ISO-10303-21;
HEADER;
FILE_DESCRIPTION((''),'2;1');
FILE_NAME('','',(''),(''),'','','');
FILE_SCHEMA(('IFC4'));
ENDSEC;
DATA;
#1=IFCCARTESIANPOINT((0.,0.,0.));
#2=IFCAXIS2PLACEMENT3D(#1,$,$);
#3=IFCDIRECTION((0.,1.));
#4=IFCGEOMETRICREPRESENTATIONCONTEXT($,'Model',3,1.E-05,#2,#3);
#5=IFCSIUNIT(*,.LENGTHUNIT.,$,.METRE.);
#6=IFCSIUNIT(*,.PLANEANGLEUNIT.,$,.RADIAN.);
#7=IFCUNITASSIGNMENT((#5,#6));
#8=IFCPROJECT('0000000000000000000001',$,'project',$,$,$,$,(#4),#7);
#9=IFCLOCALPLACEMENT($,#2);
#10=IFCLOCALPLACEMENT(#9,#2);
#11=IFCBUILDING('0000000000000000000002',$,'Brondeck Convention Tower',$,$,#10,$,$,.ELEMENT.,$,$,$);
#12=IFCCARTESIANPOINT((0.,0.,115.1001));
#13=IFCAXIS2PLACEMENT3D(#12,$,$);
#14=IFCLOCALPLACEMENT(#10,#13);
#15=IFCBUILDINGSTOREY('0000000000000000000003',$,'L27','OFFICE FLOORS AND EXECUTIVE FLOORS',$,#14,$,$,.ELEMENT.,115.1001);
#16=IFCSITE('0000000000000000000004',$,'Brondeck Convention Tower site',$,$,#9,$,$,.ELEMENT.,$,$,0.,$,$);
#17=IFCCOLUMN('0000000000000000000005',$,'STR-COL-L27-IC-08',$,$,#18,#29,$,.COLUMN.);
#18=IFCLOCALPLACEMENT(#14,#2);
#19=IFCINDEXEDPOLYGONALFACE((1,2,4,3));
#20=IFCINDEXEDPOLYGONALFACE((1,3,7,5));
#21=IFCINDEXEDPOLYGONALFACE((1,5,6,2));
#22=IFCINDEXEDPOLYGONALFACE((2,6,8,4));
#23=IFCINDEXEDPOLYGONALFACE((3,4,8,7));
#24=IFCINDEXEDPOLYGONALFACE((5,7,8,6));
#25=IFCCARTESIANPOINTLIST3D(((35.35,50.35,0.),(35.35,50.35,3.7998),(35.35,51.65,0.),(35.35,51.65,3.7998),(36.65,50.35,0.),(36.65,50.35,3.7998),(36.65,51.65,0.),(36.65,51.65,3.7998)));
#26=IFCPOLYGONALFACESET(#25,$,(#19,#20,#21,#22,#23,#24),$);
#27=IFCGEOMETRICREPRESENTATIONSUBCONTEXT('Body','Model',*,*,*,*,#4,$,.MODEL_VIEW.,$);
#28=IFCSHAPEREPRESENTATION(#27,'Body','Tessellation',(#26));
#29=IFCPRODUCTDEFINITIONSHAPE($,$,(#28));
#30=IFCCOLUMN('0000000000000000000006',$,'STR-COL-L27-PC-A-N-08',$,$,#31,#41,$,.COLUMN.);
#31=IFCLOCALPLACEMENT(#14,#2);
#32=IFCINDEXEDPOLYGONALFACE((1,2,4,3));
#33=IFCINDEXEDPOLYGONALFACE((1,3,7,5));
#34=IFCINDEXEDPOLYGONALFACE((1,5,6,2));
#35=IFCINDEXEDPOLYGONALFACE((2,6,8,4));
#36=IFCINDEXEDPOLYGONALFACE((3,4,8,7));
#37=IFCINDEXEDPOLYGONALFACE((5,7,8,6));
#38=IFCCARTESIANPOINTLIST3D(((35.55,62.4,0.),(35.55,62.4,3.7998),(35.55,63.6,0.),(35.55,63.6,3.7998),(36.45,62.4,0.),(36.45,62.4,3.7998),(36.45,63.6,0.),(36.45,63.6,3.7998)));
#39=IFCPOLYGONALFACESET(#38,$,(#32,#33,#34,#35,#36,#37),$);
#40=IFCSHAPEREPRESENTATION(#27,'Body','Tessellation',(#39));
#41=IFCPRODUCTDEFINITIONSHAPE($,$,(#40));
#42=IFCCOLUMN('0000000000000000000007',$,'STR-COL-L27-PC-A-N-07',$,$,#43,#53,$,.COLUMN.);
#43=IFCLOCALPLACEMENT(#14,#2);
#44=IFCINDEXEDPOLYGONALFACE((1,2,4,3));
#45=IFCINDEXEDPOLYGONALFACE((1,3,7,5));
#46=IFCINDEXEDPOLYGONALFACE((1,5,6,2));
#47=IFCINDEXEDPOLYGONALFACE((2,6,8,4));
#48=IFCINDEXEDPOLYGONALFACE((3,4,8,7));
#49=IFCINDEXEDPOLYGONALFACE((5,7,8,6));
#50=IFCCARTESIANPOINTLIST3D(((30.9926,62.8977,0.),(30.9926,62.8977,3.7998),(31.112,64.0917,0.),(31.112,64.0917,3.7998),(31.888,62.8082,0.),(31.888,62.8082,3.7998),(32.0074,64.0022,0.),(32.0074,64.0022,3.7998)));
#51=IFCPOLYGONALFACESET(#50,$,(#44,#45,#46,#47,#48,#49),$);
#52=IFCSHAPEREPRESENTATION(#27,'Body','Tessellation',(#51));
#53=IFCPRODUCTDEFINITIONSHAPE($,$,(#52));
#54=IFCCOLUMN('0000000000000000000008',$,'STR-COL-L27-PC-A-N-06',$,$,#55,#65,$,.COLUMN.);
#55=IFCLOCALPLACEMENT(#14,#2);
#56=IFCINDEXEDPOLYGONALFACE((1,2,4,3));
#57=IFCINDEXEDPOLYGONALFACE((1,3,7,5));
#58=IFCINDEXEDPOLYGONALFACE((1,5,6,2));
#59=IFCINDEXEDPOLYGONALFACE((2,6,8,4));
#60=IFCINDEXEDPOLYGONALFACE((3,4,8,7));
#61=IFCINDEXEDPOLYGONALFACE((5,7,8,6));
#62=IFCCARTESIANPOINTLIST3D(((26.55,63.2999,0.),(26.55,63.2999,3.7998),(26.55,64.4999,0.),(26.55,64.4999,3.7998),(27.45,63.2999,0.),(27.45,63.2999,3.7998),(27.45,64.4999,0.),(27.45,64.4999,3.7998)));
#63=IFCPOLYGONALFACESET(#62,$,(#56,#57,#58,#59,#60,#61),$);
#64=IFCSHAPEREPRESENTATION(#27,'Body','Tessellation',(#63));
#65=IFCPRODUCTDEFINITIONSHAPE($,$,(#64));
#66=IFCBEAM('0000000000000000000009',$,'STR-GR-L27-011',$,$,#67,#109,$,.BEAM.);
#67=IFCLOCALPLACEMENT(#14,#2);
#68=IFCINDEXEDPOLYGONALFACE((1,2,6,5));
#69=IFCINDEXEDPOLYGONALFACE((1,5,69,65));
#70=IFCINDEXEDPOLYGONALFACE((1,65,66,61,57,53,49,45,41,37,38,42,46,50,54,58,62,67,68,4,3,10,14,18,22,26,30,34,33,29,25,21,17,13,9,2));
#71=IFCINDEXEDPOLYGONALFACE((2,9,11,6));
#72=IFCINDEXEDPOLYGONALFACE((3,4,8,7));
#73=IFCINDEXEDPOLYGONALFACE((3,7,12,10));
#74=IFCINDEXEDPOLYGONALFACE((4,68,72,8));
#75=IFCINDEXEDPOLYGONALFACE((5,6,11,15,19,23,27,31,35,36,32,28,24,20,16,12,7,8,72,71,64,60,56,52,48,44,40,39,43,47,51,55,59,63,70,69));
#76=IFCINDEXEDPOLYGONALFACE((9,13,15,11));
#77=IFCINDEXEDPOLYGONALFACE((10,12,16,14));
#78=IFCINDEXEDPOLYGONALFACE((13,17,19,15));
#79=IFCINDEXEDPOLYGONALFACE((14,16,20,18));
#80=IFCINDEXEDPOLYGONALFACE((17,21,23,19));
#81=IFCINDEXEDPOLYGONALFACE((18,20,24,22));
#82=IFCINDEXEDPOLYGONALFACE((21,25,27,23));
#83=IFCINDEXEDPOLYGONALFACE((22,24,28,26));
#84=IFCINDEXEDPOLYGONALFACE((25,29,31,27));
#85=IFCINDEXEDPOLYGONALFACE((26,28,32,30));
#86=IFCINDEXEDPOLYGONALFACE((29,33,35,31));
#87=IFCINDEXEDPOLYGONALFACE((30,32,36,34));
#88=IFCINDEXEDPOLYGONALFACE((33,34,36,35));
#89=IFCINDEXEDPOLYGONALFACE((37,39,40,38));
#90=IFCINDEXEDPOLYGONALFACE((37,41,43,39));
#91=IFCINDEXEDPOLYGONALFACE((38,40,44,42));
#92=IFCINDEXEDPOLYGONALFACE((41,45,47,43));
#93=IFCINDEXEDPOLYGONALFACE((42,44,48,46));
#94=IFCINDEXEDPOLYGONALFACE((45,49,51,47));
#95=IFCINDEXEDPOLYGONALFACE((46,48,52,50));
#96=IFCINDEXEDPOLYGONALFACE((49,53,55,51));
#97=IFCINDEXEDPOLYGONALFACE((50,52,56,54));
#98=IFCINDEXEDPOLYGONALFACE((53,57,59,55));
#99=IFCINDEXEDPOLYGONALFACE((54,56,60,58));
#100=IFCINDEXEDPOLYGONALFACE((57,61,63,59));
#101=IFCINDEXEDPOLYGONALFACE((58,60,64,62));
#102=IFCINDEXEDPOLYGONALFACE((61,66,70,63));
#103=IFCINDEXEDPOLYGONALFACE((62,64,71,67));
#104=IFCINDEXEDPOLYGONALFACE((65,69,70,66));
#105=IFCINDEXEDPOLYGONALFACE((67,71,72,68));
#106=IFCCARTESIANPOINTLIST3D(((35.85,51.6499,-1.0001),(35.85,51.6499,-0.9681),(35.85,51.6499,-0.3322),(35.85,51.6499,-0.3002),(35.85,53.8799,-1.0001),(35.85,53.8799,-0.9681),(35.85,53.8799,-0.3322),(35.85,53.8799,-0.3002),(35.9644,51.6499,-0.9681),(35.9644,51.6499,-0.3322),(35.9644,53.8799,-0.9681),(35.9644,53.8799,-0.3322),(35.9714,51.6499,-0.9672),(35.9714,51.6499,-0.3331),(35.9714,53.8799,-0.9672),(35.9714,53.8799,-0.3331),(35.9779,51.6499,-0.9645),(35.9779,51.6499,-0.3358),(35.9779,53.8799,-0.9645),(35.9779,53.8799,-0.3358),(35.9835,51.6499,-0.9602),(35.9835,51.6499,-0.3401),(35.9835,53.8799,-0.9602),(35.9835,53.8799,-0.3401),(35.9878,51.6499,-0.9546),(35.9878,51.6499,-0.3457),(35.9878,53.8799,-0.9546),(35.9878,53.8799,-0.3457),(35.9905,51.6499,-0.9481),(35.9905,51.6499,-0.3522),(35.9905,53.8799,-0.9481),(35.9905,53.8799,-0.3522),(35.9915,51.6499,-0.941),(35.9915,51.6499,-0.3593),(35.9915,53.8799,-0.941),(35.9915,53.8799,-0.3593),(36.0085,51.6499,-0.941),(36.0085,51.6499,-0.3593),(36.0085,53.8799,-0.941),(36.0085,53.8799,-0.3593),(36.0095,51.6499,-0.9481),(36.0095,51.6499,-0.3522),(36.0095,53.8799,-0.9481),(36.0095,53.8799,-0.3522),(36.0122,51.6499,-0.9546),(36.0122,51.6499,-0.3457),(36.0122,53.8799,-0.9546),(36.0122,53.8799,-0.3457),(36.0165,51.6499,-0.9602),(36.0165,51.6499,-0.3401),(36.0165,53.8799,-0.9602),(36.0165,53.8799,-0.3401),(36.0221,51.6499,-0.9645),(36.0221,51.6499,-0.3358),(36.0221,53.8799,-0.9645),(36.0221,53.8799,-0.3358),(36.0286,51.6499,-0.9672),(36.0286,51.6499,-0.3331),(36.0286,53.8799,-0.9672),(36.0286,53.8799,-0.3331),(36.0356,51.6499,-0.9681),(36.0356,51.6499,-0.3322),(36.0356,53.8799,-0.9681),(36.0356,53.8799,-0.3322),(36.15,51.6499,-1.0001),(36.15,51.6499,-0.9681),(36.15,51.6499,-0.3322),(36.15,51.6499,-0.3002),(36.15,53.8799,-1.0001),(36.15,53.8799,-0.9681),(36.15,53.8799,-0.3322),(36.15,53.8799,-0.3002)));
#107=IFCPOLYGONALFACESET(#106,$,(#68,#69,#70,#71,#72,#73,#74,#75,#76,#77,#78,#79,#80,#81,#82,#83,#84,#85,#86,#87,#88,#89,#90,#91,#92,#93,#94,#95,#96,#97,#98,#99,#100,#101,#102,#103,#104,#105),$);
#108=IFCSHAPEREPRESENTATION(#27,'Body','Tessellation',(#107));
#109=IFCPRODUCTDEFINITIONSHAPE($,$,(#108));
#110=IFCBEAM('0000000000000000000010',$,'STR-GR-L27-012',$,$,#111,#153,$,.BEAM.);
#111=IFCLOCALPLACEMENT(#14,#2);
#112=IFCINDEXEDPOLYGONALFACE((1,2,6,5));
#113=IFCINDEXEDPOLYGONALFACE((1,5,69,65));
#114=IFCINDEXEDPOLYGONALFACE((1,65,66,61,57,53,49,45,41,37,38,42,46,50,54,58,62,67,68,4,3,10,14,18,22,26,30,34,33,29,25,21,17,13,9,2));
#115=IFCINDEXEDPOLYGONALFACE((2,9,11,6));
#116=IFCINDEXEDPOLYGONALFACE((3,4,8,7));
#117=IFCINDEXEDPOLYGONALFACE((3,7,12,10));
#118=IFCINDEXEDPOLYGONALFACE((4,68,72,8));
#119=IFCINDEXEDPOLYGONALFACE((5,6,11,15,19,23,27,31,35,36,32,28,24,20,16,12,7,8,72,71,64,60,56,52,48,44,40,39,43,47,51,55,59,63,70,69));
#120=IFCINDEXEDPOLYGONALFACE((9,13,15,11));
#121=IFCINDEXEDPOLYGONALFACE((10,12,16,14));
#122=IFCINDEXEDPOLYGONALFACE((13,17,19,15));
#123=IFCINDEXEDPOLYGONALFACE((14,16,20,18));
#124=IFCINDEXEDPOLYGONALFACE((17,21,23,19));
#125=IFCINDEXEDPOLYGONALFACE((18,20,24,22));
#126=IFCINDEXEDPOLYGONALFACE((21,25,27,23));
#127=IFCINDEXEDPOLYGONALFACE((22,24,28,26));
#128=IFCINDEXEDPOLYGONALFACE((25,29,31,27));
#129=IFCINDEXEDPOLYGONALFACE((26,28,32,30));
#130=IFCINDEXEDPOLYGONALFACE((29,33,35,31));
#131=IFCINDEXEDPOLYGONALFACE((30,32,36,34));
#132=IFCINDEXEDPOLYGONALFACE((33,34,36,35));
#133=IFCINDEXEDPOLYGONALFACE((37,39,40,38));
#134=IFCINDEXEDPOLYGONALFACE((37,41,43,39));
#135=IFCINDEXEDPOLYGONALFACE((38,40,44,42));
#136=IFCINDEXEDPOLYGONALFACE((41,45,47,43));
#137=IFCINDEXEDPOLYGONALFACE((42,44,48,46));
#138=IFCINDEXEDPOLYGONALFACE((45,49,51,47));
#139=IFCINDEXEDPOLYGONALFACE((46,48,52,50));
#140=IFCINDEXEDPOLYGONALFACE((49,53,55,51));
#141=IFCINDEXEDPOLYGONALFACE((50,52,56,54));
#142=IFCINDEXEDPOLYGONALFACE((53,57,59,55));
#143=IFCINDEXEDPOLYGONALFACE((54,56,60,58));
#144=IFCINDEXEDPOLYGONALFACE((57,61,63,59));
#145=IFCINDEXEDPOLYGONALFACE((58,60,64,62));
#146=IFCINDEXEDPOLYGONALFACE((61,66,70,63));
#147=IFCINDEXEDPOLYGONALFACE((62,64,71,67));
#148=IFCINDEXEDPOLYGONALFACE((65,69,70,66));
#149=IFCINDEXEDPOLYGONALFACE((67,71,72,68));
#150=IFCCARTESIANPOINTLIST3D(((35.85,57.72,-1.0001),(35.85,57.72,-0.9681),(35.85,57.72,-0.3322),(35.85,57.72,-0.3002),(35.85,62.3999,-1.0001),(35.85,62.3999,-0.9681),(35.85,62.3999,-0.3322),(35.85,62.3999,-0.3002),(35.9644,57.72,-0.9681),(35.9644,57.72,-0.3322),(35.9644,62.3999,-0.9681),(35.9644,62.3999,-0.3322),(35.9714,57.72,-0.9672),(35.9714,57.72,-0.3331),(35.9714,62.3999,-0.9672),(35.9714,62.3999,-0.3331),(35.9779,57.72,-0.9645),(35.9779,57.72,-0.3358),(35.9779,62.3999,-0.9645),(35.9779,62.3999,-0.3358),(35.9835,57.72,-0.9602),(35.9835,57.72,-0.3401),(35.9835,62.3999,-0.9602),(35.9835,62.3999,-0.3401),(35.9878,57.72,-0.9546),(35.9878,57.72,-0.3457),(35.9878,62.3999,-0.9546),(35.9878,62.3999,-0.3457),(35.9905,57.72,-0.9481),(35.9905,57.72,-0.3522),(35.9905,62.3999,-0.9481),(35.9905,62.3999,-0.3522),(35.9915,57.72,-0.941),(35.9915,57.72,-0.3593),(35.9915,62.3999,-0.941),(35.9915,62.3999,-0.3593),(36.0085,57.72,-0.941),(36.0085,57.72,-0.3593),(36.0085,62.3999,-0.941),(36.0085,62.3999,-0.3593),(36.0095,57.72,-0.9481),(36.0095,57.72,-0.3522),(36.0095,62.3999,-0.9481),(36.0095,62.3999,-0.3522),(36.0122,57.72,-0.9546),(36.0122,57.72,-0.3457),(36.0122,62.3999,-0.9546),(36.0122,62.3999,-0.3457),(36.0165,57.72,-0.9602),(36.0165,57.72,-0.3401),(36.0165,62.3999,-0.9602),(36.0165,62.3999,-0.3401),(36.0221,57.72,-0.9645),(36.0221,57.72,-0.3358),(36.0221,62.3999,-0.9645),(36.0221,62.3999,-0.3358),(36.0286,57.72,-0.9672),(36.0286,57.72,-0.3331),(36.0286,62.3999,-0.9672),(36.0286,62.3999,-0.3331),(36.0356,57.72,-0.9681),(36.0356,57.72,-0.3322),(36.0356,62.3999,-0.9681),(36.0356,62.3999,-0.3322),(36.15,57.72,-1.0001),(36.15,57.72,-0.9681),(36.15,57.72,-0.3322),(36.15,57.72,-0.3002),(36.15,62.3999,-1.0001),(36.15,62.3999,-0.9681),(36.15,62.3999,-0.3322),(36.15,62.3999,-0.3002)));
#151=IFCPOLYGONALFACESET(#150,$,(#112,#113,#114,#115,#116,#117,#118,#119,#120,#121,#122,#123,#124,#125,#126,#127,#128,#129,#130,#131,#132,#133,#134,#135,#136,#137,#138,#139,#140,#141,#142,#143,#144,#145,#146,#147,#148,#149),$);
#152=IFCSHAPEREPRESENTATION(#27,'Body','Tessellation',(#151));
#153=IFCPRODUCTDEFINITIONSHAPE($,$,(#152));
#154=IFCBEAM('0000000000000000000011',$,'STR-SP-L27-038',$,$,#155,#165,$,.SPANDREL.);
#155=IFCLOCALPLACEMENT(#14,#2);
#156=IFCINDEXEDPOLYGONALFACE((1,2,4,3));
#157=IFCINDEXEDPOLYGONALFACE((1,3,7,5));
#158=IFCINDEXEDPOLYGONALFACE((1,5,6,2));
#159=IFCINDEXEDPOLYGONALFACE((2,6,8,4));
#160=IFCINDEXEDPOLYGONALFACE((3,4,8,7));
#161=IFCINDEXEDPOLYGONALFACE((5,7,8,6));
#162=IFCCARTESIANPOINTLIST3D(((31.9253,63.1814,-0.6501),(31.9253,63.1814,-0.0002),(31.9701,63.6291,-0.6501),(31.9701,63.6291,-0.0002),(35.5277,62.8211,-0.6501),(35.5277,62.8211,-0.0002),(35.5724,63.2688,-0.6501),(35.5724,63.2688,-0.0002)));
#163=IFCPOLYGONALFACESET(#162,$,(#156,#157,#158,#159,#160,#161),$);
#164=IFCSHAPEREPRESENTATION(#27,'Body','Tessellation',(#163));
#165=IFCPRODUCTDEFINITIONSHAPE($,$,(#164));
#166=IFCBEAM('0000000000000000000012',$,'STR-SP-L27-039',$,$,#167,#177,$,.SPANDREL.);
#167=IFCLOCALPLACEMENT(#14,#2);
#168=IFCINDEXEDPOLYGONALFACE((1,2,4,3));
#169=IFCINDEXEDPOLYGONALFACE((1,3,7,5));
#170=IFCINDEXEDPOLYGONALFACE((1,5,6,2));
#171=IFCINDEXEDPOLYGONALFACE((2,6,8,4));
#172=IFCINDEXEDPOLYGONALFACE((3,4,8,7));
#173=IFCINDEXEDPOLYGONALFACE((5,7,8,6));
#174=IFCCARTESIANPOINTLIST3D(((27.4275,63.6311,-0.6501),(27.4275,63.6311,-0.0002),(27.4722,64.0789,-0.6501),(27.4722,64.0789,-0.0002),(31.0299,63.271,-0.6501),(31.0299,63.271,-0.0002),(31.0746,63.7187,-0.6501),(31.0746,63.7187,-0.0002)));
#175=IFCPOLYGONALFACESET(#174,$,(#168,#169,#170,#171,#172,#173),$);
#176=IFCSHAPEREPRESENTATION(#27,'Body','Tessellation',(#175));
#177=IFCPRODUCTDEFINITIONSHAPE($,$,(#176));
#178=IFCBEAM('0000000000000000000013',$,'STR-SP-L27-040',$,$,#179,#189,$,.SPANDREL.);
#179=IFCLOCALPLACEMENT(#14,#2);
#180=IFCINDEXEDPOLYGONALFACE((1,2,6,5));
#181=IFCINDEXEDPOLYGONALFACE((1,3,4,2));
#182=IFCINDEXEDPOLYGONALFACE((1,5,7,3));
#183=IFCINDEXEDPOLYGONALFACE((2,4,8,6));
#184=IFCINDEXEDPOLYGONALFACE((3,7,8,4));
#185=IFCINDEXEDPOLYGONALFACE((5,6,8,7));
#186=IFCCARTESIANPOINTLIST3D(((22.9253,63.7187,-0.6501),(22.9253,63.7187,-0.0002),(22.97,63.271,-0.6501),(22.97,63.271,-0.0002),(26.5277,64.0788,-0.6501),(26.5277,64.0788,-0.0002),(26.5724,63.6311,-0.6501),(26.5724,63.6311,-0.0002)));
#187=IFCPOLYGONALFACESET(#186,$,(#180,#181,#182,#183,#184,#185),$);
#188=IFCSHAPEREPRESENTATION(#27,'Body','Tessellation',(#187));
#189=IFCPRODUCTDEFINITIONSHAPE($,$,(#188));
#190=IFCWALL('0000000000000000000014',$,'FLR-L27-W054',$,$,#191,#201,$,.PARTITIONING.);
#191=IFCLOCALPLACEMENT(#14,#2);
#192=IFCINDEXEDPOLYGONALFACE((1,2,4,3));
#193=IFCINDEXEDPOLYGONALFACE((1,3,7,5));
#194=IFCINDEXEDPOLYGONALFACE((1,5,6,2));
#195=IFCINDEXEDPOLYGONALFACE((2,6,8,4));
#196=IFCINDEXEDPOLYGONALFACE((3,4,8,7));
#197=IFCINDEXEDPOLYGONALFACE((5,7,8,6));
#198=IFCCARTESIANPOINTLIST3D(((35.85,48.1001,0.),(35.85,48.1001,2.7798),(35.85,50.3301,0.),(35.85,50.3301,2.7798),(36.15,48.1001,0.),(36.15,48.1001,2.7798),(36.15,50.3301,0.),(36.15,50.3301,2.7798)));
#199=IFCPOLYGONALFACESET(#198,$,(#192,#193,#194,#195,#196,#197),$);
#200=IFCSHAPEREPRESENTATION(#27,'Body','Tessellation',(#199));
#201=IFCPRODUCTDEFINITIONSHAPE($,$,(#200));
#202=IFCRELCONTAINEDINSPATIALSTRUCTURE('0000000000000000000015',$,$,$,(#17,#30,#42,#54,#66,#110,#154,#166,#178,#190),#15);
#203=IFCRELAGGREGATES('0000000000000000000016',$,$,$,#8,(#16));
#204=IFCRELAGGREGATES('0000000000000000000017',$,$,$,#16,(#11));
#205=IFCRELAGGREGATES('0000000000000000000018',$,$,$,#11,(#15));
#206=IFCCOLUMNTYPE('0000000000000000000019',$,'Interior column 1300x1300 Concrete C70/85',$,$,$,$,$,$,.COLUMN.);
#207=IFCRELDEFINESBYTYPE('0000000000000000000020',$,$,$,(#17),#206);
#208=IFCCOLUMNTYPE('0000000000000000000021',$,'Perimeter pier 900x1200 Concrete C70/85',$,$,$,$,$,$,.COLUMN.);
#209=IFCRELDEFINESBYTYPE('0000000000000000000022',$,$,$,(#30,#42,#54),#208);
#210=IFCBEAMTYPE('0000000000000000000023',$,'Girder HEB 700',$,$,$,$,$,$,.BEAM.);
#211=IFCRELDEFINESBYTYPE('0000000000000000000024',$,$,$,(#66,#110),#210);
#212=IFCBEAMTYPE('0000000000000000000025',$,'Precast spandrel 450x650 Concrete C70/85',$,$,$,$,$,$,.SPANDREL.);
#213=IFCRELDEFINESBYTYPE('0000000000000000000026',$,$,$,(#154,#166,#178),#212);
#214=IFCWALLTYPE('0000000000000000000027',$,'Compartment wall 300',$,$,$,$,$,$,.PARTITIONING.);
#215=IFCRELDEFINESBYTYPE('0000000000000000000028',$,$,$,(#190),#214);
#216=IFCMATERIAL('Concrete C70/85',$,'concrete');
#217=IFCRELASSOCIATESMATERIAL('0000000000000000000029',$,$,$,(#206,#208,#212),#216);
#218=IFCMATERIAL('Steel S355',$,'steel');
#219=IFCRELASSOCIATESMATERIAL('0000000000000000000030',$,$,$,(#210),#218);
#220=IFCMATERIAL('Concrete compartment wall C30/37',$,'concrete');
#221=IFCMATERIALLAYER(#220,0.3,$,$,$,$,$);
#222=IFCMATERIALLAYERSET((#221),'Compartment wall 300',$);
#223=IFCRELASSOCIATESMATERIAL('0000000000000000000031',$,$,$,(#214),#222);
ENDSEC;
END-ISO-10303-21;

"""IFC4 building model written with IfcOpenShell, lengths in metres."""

from ifc_helpers import new_model, si_unit, direction, frame, frame_2d, origin, origin_2d, place, context, subcontext, project, spatial, rectangle, i_section, extrude, material, layer, layer_set, material_profile, profile_set, type_object, element, save


model = new_model("IFC4")

# Units and contexts
model_context = context("Model", 3, precision=1e-05, world=origin(), true_north=direction((0.0, 1.0)))
body_context = subcontext(model_context, "Body", "Model", "MODEL_VIEW")
ifc_project = project(units=[si_unit("LENGTHUNIT", "METRE"), si_unit("PLANEANGLEUNIT", "RADIAN")], contexts=[model_context])

# Site, building, storey
site_placement = place(None, origin())
site = spatial("IfcSite", under=ifc_project, at=site_placement, Name="Brondeck Convention Tower site", CompositionType="ELEMENT", RefElevation=0.0)
building_placement = place(site_placement, origin())
building = spatial("IfcBuilding", under=site, at=building_placement, Name="Brondeck Convention Tower", CompositionType="ELEMENT")
storey_placement = place(building_placement, frame((0.0, 0.0, 115.1001)))
storey = spatial("IfcBuildingStorey", under=building, at=storey_placement, Name="L27", Description="OFFICE FLOORS AND EXECUTIVE FLOORS", CompositionType="ELEMENT", Elevation=115.1001)

# Columns
ifc_material_1 = material(Name="Concrete C70/85", Category="concrete")
ifc_material_profile_1 = material_profile(ifc_material_1, rectangle(XDim=1.3, YDim=1.3, at=origin_2d()), Name="Interior column 1300x1300 Concrete C70/85")
ifc_profile_set_1 = profile_set([ifc_material_profile_1], Name="Concrete C70/85")
column_type_1 = type_object("IfcColumnType", Name="Interior column 1300x1300 Concrete C70/85", PredefinedType="COLUMN", material=ifc_profile_set_1)
column_placement = place(storey_placement, frame((36.0, 51.0, 0.0), z_axis=(0.0, 0.0, 1.0), x_axis=(1.0, 0.0, 0.0)))
element("IfcColumn", 1, at=column_placement, inside=storey, type_object=column_type_1, Name="STR-COL-L27-IC-08", PredefinedType="COLUMN", context=body_context, shape_type="SweptSolid", body=[
    extrude(rectangle(XDim=1.3, YDim=1.3, at=origin_2d()), origin(), (0.0, 0.0, 1.0), 3.7998),
])
ifc_material_profile_2 = material_profile(ifc_material_1, rectangle(XDim=0.8999, YDim=1.2, at=origin_2d()), Name="Perimeter pier 900x1200 Concrete C70/85")
ifc_profile_set_2 = profile_set([ifc_material_profile_2], Name="Concrete C70/85")
column_type_2 = type_object("IfcColumnType", Name="Perimeter pier 900x1200 Concrete C70/85", PredefinedType="COLUMN", material=ifc_profile_set_2)
for number, where, z_axis, x_axis, name in (
    (2, (36.0, 63.0, 0.0), (0.0, 0.0, 1.0), (-1.0, 0.0, 0.0), "STR-COL-L27-PC-A-N-08"),
    (3, (31.5, 63.45, 0.0), (0.0, 0.0, 1.0), (-0.995037, 0.099504, 0.0), "STR-COL-L27-PC-A-N-07"),
    (4, (27.0, 63.8999, 0.0), (0.0, 0.0, 1.0), (-1.0, 0.0, 0.0), "STR-COL-L27-PC-A-N-06"),
):
    element("IfcColumn", number, at=place(storey_placement, frame(where, z_axis=z_axis, x_axis=x_axis)), inside=storey, type_object=column_type_2, Name=name, PredefinedType="COLUMN", context=body_context, shape_type="SweptSolid", body=[
        extrude(rectangle(XDim=0.8999, YDim=1.2, at=origin_2d()), origin(), (0.0, 0.0, 1.0), 3.7998),
    ])

# Beams
ifc_material_2 = material(Name="Steel S355", Category="steel")
ifc_material_profile_3 = material_profile(ifc_material_2, i_section(OverallWidth=0.3, OverallDepth=0.7, WebThickness=0.0171, FlangeThickness=0.032, FilletRadius=0.0271, at=origin_2d()), Name="HEB 700")
ifc_profile_set_3 = profile_set([ifc_material_profile_3], Name="Steel S355")
beam_type_1 = type_object("IfcBeamType", Name="Girder HEB 700", PredefinedType="BEAM", material=ifc_profile_set_3)
beam_1_placement = place(storey_placement, frame((36.0, 51.6499, -0.6501), z_axis=(0.0, 1.0, 0.0), x_axis=(-1.0, 0.0, 0.0)))
element("IfcBeam", 5, at=beam_1_placement, inside=storey, type_object=beam_type_1, Name="STR-GR-L27-011", PredefinedType="BEAM", context=body_context, shape_type="SweptSolid", body=[
    extrude(i_section(OverallWidth=0.3, OverallDepth=0.7, WebThickness=0.0171, FlangeThickness=0.032, FilletRadius=0.0271, at=origin_2d()), origin(), (0.0, 0.0, 1.0), 2.23),
])
beam_2_placement = place(storey_placement, frame((36.0, 57.72, -0.6501), z_axis=(0.0, 1.0, 0.0), x_axis=(-1.0, 0.0, 0.0)))
element("IfcBeam", 6, at=beam_2_placement, inside=storey, type_object=beam_type_1, Name="STR-GR-L27-012", PredefinedType="BEAM", context=body_context, shape_type="SweptSolid", body=[
    extrude(i_section(OverallWidth=0.3, OverallDepth=0.7, WebThickness=0.0171, FlangeThickness=0.032, FilletRadius=0.0271, at=origin_2d()), origin(), (0.0, 0.0, 1.0), 4.6799),
])
ifc_material_profile_4 = material_profile(ifc_material_1, rectangle(XDim=0.45, YDim=0.6499, at=origin_2d()), Name="Precast spandrel 450x650 Concrete C70/85")
ifc_profile_set_4 = profile_set([ifc_material_profile_4], Name="Concrete C70/85")
beam_type_2 = type_object("IfcBeamType", Name="Precast spandrel 450x650 Concrete C70/85", PredefinedType="SPANDREL", material=ifc_profile_set_4)
for number, where, z_axis, x_axis, name in (
    (7, (35.55, 63.0449, -0.3252), (-0.995034, 0.099537, 0.0), (-0.099537, -0.995034, 0.0), "STR-SP-L27-038"),
    (8, (31.0522, 63.4949, -0.3252), (-0.995041, 0.09947, 0.0), (-0.09947, -0.995041, 0.0), "STR-SP-L27-039"),
    (9, (26.55, 63.855, -0.3252), (-0.995041, -0.09947, 0.0), (0.09947, -0.995041, 0.0), "STR-SP-L27-040"),
):
    element("IfcBeam", number, at=place(storey_placement, frame(where, z_axis=z_axis, x_axis=x_axis)), inside=storey, type_object=beam_type_2, Name=name, PredefinedType="SPANDREL", context=body_context, shape_type="SweptSolid", body=[
        extrude(rectangle(XDim=0.45, YDim=0.6499, at=origin_2d()), origin(), (0.0, 0.0, 1.0), 3.6204),
    ])

# Wall
ifc_material_3 = material(Name="Concrete compartment wall C30/37", Category="concrete")
ifc_layer_1 = layer(ifc_material_3, 0.3)
ifc_layer_set_1 = layer_set([ifc_layer_1], Name="Compartment wall 300")
wall_type_1 = type_object("IfcWallType", Name="Compartment wall 300", PredefinedType="PARTITIONING", material=ifc_layer_set_1)
wall_1_placement = place(storey_placement, frame((36.0, 48.1001, 0.0), z_axis=(0.0, 0.0, 1.0), x_axis=(0.0, 1.0, 0.0)))
element("IfcWall", 10, at=wall_1_placement, inside=storey, type_object=wall_type_1, Name="FLR-L27-W054", PredefinedType="PARTITIONING", context=body_context, shape_type="SweptSolid", body=[
    extrude(rectangle(XDim=2.23, YDim=0.3, at=frame_2d((1.115, 0.0))), origin(), (0.0, 0.0, 1.0), 2.7798),
])

save(model, "model.ifc")
